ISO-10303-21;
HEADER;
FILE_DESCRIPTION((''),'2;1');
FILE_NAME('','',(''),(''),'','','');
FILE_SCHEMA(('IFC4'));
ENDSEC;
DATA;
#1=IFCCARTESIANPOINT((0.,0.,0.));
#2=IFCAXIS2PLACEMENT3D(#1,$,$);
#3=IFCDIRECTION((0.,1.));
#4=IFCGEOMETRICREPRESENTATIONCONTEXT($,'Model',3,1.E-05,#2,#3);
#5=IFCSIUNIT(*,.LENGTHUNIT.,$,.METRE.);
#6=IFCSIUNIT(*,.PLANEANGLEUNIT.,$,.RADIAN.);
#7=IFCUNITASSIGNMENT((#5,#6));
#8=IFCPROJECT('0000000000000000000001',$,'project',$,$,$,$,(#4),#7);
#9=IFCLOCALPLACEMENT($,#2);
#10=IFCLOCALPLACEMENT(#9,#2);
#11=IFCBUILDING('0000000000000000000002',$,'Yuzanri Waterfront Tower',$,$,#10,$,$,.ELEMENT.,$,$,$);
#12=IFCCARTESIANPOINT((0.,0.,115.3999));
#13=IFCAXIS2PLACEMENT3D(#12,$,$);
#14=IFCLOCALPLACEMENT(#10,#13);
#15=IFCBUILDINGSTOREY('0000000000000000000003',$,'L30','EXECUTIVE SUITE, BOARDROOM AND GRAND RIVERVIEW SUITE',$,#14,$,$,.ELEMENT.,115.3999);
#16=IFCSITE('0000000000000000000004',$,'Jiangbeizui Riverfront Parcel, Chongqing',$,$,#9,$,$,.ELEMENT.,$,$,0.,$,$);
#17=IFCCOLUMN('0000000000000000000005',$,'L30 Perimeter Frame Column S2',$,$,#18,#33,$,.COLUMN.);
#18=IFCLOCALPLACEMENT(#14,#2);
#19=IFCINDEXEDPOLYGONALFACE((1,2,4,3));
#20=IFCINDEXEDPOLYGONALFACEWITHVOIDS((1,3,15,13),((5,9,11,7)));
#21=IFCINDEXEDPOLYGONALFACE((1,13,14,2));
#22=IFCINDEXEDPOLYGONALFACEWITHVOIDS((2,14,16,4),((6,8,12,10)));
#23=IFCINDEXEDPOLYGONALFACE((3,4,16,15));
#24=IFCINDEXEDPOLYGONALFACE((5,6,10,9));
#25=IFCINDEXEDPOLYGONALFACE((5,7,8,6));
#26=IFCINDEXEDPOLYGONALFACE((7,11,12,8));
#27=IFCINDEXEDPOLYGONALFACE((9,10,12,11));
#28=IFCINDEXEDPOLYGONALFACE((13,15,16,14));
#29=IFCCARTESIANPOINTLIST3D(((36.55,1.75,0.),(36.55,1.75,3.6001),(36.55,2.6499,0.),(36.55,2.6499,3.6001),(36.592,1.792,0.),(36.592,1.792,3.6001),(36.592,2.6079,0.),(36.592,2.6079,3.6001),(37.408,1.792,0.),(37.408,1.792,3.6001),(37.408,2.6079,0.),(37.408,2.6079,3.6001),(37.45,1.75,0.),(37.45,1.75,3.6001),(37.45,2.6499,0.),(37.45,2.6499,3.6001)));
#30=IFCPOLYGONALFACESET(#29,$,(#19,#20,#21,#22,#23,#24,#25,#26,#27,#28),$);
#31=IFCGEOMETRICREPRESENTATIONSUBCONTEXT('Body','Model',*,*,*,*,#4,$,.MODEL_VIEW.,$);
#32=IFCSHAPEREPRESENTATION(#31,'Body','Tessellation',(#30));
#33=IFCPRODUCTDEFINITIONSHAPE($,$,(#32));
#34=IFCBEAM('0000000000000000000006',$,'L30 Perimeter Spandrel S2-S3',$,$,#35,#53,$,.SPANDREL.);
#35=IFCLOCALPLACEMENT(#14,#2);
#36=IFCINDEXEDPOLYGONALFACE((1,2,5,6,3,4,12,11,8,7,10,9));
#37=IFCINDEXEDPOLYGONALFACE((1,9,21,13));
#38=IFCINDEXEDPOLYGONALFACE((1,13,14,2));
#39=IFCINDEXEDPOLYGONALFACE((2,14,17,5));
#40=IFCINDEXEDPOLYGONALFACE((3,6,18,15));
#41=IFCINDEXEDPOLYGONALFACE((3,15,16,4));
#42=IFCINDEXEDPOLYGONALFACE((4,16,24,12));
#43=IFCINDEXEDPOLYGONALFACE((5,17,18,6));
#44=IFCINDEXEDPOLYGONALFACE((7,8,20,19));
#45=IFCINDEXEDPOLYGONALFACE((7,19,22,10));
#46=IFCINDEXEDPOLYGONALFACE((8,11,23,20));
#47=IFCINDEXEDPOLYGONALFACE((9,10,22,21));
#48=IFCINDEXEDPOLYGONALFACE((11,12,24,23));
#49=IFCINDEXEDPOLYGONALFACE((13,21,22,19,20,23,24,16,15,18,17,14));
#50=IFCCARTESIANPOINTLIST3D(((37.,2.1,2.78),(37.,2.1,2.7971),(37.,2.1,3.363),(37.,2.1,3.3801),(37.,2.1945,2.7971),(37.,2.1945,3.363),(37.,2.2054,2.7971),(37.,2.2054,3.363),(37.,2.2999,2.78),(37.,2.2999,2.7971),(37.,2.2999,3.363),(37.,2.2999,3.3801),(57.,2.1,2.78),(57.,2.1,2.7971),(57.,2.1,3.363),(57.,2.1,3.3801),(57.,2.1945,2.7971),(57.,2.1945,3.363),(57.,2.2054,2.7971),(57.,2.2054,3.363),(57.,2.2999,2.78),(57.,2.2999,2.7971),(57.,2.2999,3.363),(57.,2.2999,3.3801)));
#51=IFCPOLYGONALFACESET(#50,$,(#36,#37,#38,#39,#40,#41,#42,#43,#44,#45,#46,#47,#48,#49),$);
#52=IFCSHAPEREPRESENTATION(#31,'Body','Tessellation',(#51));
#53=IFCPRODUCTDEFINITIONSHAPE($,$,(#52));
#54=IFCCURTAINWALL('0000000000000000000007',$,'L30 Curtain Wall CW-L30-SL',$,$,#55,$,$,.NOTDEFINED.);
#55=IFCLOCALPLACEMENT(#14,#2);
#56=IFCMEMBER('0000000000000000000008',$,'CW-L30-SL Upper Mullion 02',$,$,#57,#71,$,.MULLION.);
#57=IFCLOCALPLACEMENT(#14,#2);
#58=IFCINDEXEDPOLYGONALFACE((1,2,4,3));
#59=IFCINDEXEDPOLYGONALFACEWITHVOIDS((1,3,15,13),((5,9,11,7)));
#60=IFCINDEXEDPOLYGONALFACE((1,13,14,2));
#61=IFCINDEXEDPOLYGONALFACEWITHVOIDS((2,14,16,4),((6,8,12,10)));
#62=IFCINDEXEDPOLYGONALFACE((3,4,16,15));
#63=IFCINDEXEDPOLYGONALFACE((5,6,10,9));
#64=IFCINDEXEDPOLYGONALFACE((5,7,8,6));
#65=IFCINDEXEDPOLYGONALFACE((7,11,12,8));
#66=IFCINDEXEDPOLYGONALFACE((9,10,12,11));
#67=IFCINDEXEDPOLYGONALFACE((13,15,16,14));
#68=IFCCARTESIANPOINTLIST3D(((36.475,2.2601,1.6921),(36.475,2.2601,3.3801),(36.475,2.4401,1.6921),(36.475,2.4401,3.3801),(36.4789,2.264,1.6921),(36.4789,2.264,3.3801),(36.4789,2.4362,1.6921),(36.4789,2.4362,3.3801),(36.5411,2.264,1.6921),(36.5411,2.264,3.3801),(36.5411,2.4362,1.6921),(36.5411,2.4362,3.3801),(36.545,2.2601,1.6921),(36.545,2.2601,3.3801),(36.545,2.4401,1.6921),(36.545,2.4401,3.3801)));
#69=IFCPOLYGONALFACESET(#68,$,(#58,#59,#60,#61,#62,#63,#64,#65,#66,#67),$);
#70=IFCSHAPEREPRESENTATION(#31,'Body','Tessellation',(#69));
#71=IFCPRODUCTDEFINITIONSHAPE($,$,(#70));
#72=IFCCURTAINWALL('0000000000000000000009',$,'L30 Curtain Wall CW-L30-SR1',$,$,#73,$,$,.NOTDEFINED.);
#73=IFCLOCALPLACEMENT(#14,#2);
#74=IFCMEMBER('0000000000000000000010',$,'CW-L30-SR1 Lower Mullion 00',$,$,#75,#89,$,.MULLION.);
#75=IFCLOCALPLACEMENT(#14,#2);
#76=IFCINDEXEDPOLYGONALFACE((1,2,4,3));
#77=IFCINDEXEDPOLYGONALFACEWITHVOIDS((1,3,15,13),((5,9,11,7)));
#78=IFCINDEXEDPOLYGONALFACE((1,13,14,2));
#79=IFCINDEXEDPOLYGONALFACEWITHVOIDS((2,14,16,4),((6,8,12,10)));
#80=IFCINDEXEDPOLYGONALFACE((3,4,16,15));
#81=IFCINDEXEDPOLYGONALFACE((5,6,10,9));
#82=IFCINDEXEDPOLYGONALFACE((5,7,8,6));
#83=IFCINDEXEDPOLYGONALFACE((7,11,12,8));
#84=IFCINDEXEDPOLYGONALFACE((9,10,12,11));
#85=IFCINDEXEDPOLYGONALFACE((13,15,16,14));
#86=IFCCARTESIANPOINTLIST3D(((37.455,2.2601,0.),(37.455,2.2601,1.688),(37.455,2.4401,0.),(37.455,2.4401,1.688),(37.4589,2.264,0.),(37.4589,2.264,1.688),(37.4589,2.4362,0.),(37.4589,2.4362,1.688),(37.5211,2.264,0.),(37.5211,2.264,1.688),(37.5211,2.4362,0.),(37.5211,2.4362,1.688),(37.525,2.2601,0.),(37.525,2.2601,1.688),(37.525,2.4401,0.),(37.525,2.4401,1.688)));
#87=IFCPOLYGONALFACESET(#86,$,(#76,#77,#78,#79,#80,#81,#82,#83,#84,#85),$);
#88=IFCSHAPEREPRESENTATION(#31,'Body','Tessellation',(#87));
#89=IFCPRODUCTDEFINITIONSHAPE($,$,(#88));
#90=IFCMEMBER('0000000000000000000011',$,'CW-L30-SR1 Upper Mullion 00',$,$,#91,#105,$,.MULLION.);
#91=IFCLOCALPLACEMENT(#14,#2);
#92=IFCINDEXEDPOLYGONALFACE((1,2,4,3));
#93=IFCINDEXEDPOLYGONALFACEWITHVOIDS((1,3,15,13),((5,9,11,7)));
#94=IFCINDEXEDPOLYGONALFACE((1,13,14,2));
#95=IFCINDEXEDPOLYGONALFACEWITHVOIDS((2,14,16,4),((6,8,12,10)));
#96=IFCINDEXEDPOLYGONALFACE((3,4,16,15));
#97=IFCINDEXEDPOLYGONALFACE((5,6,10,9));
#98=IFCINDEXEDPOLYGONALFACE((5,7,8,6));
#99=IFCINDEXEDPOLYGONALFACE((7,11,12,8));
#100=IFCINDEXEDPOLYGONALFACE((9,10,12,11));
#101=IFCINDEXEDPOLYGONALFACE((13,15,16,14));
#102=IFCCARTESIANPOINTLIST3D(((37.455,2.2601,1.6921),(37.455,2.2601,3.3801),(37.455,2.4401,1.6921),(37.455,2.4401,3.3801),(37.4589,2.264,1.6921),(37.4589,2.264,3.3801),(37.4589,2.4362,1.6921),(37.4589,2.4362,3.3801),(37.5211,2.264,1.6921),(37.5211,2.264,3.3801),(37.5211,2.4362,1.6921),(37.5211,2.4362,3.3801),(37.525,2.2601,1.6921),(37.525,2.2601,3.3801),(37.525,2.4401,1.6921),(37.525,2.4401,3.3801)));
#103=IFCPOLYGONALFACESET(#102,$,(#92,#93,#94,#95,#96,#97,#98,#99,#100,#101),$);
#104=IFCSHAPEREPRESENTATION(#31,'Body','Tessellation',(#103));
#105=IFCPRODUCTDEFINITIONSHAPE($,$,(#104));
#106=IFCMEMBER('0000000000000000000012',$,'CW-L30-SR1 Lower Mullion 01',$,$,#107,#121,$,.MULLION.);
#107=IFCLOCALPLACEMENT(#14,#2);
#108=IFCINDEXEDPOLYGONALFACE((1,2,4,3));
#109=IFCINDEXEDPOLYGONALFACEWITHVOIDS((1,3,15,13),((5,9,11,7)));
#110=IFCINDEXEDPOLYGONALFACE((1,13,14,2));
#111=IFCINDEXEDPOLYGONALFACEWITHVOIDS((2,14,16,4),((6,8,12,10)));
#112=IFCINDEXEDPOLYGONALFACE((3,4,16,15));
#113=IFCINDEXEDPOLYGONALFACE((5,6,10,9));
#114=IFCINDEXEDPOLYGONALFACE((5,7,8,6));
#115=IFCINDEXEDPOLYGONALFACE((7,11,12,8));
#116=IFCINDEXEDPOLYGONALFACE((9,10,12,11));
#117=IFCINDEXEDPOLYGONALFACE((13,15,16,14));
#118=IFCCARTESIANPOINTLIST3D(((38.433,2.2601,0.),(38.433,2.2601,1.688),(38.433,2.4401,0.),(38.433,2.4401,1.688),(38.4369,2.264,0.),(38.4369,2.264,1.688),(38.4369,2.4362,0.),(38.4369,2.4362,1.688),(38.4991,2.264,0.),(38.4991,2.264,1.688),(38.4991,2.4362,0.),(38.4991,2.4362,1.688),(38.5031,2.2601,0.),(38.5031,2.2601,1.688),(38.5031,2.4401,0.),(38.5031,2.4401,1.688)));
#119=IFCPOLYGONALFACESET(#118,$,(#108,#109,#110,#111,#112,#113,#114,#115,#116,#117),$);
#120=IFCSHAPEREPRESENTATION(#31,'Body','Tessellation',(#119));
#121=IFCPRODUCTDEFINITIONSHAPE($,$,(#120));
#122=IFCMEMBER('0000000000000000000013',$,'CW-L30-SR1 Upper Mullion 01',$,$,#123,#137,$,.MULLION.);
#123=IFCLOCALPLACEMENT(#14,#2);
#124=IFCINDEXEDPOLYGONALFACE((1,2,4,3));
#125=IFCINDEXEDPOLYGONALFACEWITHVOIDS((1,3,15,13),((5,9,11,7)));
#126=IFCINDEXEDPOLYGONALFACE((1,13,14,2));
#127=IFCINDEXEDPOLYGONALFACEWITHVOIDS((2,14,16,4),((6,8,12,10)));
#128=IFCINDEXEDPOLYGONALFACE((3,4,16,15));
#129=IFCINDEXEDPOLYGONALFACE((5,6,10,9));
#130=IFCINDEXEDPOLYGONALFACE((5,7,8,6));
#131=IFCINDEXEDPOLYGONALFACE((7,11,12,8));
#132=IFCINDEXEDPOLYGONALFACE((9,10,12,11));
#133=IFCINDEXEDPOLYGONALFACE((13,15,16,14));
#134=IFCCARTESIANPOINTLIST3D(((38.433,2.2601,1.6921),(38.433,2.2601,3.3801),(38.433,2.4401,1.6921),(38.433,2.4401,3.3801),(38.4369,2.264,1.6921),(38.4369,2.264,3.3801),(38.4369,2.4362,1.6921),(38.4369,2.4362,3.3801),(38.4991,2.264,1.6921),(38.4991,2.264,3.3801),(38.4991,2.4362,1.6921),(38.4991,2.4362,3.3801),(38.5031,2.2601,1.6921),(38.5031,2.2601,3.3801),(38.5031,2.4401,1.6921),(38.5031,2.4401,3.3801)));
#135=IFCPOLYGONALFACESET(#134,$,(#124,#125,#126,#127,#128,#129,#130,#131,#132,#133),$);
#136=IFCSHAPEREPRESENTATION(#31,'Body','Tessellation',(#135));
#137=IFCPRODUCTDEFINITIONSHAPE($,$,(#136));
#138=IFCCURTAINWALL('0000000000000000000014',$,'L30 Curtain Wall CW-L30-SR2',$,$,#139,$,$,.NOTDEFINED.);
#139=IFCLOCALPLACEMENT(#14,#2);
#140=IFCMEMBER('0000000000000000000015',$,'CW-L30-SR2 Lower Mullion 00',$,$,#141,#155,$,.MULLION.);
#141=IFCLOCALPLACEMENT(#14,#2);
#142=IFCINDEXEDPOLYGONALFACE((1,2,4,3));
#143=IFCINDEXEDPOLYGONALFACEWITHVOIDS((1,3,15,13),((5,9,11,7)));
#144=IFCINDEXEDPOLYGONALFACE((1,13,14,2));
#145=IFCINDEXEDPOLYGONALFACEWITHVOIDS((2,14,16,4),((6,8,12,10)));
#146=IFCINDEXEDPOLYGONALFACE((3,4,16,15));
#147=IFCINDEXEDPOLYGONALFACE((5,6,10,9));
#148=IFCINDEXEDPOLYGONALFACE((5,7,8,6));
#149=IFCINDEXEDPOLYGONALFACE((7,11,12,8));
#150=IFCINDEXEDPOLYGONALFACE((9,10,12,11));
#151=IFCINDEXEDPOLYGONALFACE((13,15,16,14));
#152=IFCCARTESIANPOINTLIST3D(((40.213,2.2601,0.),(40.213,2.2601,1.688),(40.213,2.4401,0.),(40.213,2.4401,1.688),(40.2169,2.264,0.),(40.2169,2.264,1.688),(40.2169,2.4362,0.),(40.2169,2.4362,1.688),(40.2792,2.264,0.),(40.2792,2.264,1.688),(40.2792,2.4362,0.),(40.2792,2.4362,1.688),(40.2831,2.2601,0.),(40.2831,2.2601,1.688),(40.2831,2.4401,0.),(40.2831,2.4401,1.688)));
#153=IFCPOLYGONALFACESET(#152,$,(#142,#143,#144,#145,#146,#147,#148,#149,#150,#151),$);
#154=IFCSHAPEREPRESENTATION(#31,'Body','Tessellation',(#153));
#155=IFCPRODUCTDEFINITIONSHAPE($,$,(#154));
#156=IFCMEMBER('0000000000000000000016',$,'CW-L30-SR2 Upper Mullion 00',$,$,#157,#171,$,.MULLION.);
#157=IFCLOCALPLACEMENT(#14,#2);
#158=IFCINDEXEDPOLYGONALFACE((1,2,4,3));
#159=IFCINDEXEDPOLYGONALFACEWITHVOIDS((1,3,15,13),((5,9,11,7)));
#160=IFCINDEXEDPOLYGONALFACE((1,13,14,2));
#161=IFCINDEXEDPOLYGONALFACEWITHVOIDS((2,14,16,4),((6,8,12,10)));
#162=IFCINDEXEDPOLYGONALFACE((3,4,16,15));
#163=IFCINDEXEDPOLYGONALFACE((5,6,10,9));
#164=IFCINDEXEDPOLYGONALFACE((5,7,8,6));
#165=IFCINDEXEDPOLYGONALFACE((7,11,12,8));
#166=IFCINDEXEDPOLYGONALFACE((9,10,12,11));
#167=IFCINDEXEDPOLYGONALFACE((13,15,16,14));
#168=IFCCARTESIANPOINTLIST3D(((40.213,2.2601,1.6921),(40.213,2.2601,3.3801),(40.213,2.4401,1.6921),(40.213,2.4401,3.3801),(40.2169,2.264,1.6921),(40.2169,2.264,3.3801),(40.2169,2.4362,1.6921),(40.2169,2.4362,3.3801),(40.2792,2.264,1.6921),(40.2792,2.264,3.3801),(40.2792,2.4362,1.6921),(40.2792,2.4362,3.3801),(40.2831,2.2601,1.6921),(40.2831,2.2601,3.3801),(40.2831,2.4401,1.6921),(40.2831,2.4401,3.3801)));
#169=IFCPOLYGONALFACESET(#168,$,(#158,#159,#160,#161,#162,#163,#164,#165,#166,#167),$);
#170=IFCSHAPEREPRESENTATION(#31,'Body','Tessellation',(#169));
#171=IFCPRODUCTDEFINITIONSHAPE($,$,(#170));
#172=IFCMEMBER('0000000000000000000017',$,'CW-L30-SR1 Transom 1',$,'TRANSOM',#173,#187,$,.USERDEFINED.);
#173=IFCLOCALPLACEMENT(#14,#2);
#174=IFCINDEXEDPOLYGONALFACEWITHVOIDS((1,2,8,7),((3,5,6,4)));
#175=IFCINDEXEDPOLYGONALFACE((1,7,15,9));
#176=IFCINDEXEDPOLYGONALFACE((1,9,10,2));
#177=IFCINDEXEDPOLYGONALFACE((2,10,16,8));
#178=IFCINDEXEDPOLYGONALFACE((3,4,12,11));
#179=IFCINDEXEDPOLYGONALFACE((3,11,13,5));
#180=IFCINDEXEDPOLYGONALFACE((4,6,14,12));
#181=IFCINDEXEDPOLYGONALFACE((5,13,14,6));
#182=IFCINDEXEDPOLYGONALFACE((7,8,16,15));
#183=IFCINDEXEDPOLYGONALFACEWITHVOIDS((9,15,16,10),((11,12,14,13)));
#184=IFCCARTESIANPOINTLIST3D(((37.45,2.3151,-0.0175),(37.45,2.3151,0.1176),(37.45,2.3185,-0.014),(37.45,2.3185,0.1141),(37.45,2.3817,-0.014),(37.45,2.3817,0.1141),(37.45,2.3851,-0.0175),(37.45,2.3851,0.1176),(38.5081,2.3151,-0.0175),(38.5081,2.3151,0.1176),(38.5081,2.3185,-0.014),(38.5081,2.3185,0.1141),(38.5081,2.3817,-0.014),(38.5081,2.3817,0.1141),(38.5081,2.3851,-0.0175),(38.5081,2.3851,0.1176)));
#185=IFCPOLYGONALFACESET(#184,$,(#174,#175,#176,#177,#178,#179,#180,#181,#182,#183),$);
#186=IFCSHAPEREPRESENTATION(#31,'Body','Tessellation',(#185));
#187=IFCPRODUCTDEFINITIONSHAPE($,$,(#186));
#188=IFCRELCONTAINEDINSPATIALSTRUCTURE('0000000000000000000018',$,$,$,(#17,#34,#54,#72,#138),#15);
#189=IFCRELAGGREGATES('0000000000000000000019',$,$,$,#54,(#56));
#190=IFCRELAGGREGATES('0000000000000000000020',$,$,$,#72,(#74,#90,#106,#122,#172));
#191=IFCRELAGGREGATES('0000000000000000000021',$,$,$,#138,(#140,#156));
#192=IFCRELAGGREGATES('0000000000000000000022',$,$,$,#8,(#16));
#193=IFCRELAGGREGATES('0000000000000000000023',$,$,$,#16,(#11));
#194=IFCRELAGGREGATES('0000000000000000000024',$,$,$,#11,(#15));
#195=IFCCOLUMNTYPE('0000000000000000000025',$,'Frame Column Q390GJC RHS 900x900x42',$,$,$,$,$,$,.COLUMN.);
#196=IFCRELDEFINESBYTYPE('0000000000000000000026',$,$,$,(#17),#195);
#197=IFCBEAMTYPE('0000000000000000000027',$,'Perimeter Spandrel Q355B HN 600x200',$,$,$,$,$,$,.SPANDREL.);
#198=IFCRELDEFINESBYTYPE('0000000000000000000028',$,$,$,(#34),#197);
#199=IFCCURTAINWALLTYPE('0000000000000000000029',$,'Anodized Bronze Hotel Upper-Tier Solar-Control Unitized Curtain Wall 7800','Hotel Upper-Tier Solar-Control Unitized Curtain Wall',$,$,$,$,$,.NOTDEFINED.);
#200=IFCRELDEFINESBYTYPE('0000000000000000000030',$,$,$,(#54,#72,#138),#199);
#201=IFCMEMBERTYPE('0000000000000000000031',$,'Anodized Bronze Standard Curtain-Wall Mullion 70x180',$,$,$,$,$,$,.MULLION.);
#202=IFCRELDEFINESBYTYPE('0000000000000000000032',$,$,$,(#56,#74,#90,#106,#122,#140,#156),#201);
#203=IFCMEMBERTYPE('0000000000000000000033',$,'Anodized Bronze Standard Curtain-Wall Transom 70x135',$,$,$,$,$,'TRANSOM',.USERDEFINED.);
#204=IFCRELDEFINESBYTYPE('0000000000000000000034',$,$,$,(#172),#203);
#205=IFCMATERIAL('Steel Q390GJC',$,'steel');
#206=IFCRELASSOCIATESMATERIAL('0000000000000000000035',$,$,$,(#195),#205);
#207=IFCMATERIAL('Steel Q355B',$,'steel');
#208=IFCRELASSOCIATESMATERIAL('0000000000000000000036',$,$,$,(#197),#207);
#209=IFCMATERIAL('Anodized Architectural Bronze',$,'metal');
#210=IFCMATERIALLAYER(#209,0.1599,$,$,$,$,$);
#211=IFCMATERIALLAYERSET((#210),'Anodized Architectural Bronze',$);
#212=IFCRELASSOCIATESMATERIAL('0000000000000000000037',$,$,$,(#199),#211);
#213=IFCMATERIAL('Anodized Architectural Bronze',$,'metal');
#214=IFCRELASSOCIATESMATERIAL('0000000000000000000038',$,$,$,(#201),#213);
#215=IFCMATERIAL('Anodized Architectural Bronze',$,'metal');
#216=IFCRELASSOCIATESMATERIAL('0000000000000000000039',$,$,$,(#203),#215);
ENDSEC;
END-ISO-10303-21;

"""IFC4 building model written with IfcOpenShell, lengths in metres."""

from ifc_helpers import new_model, si_unit, direction, frame, origin, origin_2d, place, context, subcontext, project, spatial, hollow_rectangle, i_section, extrude, source, transform, mapped, material, layer, layer_set, material_profile, profile_set, type_object, element, aggregate, save


model = new_model("IFC4")

# Units and contexts
model_context = context("Model", 3, precision=1e-05, world=origin(), true_north=direction((0.0, 1.0)))
body_context = subcontext(model_context, "Body", "Model", "MODEL_VIEW")
ifc_project = project(units=[si_unit("LENGTHUNIT", "METRE"), si_unit("PLANEANGLEUNIT", "RADIAN")], contexts=[model_context])

# Site, building, storey
site_placement = place(None, origin())
site = spatial("IfcSite", under=ifc_project, at=site_placement, Name="Jiangbeizui Riverfront Parcel, Chongqing", CompositionType="ELEMENT", RefElevation=0.0)
building_placement = place(site_placement, origin())
building = spatial("IfcBuilding", under=site, at=building_placement, Name="Yuzanri Waterfront Tower", CompositionType="ELEMENT")
storey_placement = place(building_placement, frame((0.0, 0.0, 115.3999)))
storey = spatial("IfcBuildingStorey", under=building, at=storey_placement, Name="L30", Description="EXECUTIVE SUITE, BOARDROOM AND GRAND RIVERVIEW SUITE", CompositionType="ELEMENT", Elevation=115.3999)

# Column
ifc_material_1 = material(Name="Steel Q390GJC", Category="steel")
ifc_material_profile_1 = material_profile(ifc_material_1, hollow_rectangle(XDim=0.8999, YDim=0.8999, WallThickness=0.042, at=origin_2d()), Name="RHS 900x900x42")
ifc_profile_set_1 = profile_set([ifc_material_profile_1], Name="Steel Q390GJC")
column_type = type_object("IfcColumnType", Name="Frame Column Q390GJC RHS 900x900x42", PredefinedType="COLUMN", material=ifc_profile_set_1)
shared_shape_1 = source(origin(), body_context, "Body", "SweptSolid", [
    extrude(hollow_rectangle(XDim=0.8999, YDim=0.8999, WallThickness=0.042, at=origin_2d()), origin(), (0.0, 0.0, 1.0), 3.6001),
])
column_placement = place(storey_placement, frame((37.0, 2.2, 0.0), z_axis=(0.0, 0.0, 1.0), x_axis=(1.0, 0.0, 0.0)))
element("IfcColumn", 1, at=column_placement, inside=storey, type_object=column_type, Name="L30 Perimeter Frame Column S2", PredefinedType="COLUMN", context=body_context, shape_type="MappedRepresentation", body=[
    mapped(shared_shape_1, transform((0.0, 0.0, 0.0), scale=1.0)),
])

# Beam
ifc_material_2 = material(Name="Steel Q355B", Category="steel")
ifc_material_profile_2 = material_profile(ifc_material_2, i_section(OverallWidth=0.2, OverallDepth=0.6001, WebThickness=0.011, FlangeThickness=0.0171, at=origin_2d()), Name="HN 600x200x11x17")
ifc_profile_set_2 = profile_set([ifc_material_profile_2], Name="Steel Q355B")
beam_type = type_object("IfcBeamType", Name="Perimeter Spandrel Q355B HN 600x200", PredefinedType="SPANDREL", material=ifc_profile_set_2)
shared_shape_2 = source(origin(), body_context, "Body", "SweptSolid", [
    extrude(i_section(OverallWidth=0.2, OverallDepth=0.6001, WebThickness=0.011, FlangeThickness=0.0171, at=origin_2d()), origin(), (0.0, 0.0, 1.0), 20.0),
])
beam_placement = place(storey_placement, frame((37.0, 2.2, 3.0801), z_axis=(1.0, 0.0, 0.0), x_axis=(0.0, 1.0, 0.0)))
element("IfcBeam", 2, at=beam_placement, inside=storey, type_object=beam_type, Name="L30 Perimeter Spandrel S2-S3", PredefinedType="SPANDREL", context=body_context, shape_type="MappedRepresentation", body=[
    mapped(shared_shape_2, transform((0.0, 0.0, 0.0), scale=1.0)),
])

# Curtain wall, member
ifc_material_3 = material(Name="Anodized Architectural Bronze", Category="metal")
ifc_layer_1 = layer(ifc_material_3, 0.1599)
ifc_layer_set_1 = layer_set([ifc_layer_1], Name="Anodized Architectural Bronze")
curtain_wall_type = type_object("IfcCurtainWallType", Name="Anodized Bronze Hotel Upper-Tier Solar-Control Unitized Curtain Wall 7800", Description="Hotel Upper-Tier Solar-Control Unitized Curtain Wall", PredefinedType="NOTDEFINED", material=ifc_layer_set_1)
curtain_wall_1_placement = place(storey_placement, origin())
curtain_wall_1 = element("IfcCurtainWall", 3, at=curtain_wall_1_placement, inside=storey, type_object=curtain_wall_type, Name="L30 Curtain Wall CW-L30-SL", PredefinedType="NOTDEFINED")
ifc_material_4 = material(Name="Anodized Architectural Bronze", Category="metal")
ifc_material_profile_3 = material_profile(ifc_material_4, hollow_rectangle(XDim=0.0701, YDim=0.1799, WallThickness=0.0039, at=origin_2d()), Name="CWM 70x180")
ifc_profile_set_3 = profile_set([ifc_material_profile_3], Name="Anodized Architectural Bronze")
member_type_1 = type_object("IfcMemberType", Name="Anodized Bronze Standard Curtain-Wall Mullion 70x180", PredefinedType="MULLION", material=ifc_profile_set_3)
shared_shape_3 = source(origin(), body_context, "Body", "SweptSolid", [
    extrude(hollow_rectangle(XDim=0.0701, YDim=0.1799, WallThickness=0.0039, at=origin_2d()), origin(), (0.0, 0.0, 1.0), 1.688),
])
member_1_placement = place(storey_placement, frame((36.51, 2.3501, 1.6921), z_axis=(0.0, 0.0, 1.0), x_axis=(1.0, 0.0, 0.0)))
member_1 = element("IfcMember", 4, at=member_1_placement, type_object=member_type_1, Name="CW-L30-SL Upper Mullion 02", PredefinedType="MULLION", context=body_context, shape_type="MappedRepresentation", body=[
    mapped(shared_shape_3, transform((0.0, 0.0, 0.0), scale=1.0)),
])
aggregate(curtain_wall_1, [member_1])

# Curtain walls, members
curtain_wall_2_placement = place(storey_placement, origin())
curtain_wall_2 = element("IfcCurtainWall", 5, at=curtain_wall_2_placement, inside=storey, type_object=curtain_wall_type, Name="L30 Curtain Wall CW-L30-SR1", PredefinedType="NOTDEFINED")
member_2_placement = place(storey_placement, frame((37.49, 2.3501, 0.0), z_axis=(0.0, 0.0, 1.0), x_axis=(1.0, 0.0, 0.0)))
member_2 = element("IfcMember", 6, at=member_2_placement, type_object=member_type_1, Name="CW-L30-SR1 Lower Mullion 00", PredefinedType="MULLION", context=body_context, shape_type="MappedRepresentation", body=[
    mapped(shared_shape_3, transform((0.0, 0.0, 0.0), scale=1.0)),
])
member_3_placement = place(storey_placement, frame((37.49, 2.3501, 1.6921), z_axis=(0.0, 0.0, 1.0), x_axis=(1.0, 0.0, 0.0)))
member_3 = element("IfcMember", 7, at=member_3_placement, type_object=member_type_1, Name="CW-L30-SR1 Upper Mullion 00", PredefinedType="MULLION", context=body_context, shape_type="MappedRepresentation", body=[
    mapped(shared_shape_3, transform((0.0, 0.0, 0.0), scale=1.0)),
])
member_4_placement = place(storey_placement, frame((38.468, 2.3501, 0.0), z_axis=(0.0, 0.0, 1.0), x_axis=(1.0, 0.0, 0.0)))
member_4 = element("IfcMember", 8, at=member_4_placement, type_object=member_type_1, Name="CW-L30-SR1 Lower Mullion 01", PredefinedType="MULLION", context=body_context, shape_type="MappedRepresentation", body=[
    mapped(shared_shape_3, transform((0.0, 0.0, 0.0), scale=1.0)),
])
member_5_placement = place(storey_placement, frame((38.468, 2.3501, 1.6921), z_axis=(0.0, 0.0, 1.0), x_axis=(1.0, 0.0, 0.0)))
member_5 = element("IfcMember", 9, at=member_5_placement, type_object=member_type_1, Name="CW-L30-SR1 Upper Mullion 01", PredefinedType="MULLION", context=body_context, shape_type="MappedRepresentation", body=[
    mapped(shared_shape_3, transform((0.0, 0.0, 0.0), scale=1.0)),
])
curtain_wall_3_placement = place(storey_placement, origin())
curtain_wall_3 = element("IfcCurtainWall", 10, at=curtain_wall_3_placement, inside=storey, type_object=curtain_wall_type, Name="L30 Curtain Wall CW-L30-SR2", PredefinedType="NOTDEFINED")
member_6_placement = place(storey_placement, frame((40.248, 2.3501, 0.0), z_axis=(0.0, 0.0, 1.0), x_axis=(1.0, 0.0, 0.0)))
member_6 = element("IfcMember", 11, at=member_6_placement, type_object=member_type_1, Name="CW-L30-SR2 Lower Mullion 00", PredefinedType="MULLION", context=body_context, shape_type="MappedRepresentation", body=[
    mapped(shared_shape_3, transform((0.0, 0.0, 0.0), scale=1.0)),
])
member_7_placement = place(storey_placement, frame((40.248, 2.3501, 1.6921), z_axis=(0.0, 0.0, 1.0), x_axis=(1.0, 0.0, 0.0)))
member_7 = element("IfcMember", 12, at=member_7_placement, type_object=member_type_1, Name="CW-L30-SR2 Upper Mullion 00", PredefinedType="MULLION", context=body_context, shape_type="MappedRepresentation", body=[
    mapped(shared_shape_3, transform((0.0, 0.0, 0.0), scale=1.0)),
])

# Member
ifc_material_5 = material(Name="Anodized Architectural Bronze", Category="metal")
ifc_material_profile_4 = material_profile(ifc_material_5, hollow_rectangle(XDim=0.0701, YDim=0.135, WallThickness=0.0034, at=origin_2d()), Name="CWT 70x135")
ifc_profile_set_4 = profile_set([ifc_material_profile_4], Name="Anodized Architectural Bronze")
member_type_2 = type_object("IfcMemberType", Name="Anodized Bronze Standard Curtain-Wall Transom 70x135", ElementType="TRANSOM", PredefinedType="USERDEFINED", material=ifc_profile_set_4)
shared_shape_4 = source(origin(), body_context, "Body", "SweptSolid", [
    extrude(hollow_rectangle(XDim=0.0701, YDim=0.135, WallThickness=0.0034, at=origin_2d()), origin(), (0.0, 0.0, 1.0), 1.0581),
])
member_8_placement = place(storey_placement, frame((37.45, 2.3501, 0.05), z_axis=(1.0, 0.0, 0.0), x_axis=(0.0, 1.0, 0.0)))
member_8 = element("IfcMember", 13, at=member_8_placement, type_object=member_type_2, Name="CW-L30-SR1 Transom 1", ObjectType="TRANSOM", PredefinedType="USERDEFINED", context=body_context, shape_type="MappedRepresentation", body=[
    mapped(shared_shape_4, transform((0.0, 0.0, 0.0), scale=1.0)),
])

aggregate(curtain_wall_2, [member_2, member_3, member_4, member_5, member_8])
aggregate(curtain_wall_3, [member_6, member_7])

save(model, "model.ifc")
